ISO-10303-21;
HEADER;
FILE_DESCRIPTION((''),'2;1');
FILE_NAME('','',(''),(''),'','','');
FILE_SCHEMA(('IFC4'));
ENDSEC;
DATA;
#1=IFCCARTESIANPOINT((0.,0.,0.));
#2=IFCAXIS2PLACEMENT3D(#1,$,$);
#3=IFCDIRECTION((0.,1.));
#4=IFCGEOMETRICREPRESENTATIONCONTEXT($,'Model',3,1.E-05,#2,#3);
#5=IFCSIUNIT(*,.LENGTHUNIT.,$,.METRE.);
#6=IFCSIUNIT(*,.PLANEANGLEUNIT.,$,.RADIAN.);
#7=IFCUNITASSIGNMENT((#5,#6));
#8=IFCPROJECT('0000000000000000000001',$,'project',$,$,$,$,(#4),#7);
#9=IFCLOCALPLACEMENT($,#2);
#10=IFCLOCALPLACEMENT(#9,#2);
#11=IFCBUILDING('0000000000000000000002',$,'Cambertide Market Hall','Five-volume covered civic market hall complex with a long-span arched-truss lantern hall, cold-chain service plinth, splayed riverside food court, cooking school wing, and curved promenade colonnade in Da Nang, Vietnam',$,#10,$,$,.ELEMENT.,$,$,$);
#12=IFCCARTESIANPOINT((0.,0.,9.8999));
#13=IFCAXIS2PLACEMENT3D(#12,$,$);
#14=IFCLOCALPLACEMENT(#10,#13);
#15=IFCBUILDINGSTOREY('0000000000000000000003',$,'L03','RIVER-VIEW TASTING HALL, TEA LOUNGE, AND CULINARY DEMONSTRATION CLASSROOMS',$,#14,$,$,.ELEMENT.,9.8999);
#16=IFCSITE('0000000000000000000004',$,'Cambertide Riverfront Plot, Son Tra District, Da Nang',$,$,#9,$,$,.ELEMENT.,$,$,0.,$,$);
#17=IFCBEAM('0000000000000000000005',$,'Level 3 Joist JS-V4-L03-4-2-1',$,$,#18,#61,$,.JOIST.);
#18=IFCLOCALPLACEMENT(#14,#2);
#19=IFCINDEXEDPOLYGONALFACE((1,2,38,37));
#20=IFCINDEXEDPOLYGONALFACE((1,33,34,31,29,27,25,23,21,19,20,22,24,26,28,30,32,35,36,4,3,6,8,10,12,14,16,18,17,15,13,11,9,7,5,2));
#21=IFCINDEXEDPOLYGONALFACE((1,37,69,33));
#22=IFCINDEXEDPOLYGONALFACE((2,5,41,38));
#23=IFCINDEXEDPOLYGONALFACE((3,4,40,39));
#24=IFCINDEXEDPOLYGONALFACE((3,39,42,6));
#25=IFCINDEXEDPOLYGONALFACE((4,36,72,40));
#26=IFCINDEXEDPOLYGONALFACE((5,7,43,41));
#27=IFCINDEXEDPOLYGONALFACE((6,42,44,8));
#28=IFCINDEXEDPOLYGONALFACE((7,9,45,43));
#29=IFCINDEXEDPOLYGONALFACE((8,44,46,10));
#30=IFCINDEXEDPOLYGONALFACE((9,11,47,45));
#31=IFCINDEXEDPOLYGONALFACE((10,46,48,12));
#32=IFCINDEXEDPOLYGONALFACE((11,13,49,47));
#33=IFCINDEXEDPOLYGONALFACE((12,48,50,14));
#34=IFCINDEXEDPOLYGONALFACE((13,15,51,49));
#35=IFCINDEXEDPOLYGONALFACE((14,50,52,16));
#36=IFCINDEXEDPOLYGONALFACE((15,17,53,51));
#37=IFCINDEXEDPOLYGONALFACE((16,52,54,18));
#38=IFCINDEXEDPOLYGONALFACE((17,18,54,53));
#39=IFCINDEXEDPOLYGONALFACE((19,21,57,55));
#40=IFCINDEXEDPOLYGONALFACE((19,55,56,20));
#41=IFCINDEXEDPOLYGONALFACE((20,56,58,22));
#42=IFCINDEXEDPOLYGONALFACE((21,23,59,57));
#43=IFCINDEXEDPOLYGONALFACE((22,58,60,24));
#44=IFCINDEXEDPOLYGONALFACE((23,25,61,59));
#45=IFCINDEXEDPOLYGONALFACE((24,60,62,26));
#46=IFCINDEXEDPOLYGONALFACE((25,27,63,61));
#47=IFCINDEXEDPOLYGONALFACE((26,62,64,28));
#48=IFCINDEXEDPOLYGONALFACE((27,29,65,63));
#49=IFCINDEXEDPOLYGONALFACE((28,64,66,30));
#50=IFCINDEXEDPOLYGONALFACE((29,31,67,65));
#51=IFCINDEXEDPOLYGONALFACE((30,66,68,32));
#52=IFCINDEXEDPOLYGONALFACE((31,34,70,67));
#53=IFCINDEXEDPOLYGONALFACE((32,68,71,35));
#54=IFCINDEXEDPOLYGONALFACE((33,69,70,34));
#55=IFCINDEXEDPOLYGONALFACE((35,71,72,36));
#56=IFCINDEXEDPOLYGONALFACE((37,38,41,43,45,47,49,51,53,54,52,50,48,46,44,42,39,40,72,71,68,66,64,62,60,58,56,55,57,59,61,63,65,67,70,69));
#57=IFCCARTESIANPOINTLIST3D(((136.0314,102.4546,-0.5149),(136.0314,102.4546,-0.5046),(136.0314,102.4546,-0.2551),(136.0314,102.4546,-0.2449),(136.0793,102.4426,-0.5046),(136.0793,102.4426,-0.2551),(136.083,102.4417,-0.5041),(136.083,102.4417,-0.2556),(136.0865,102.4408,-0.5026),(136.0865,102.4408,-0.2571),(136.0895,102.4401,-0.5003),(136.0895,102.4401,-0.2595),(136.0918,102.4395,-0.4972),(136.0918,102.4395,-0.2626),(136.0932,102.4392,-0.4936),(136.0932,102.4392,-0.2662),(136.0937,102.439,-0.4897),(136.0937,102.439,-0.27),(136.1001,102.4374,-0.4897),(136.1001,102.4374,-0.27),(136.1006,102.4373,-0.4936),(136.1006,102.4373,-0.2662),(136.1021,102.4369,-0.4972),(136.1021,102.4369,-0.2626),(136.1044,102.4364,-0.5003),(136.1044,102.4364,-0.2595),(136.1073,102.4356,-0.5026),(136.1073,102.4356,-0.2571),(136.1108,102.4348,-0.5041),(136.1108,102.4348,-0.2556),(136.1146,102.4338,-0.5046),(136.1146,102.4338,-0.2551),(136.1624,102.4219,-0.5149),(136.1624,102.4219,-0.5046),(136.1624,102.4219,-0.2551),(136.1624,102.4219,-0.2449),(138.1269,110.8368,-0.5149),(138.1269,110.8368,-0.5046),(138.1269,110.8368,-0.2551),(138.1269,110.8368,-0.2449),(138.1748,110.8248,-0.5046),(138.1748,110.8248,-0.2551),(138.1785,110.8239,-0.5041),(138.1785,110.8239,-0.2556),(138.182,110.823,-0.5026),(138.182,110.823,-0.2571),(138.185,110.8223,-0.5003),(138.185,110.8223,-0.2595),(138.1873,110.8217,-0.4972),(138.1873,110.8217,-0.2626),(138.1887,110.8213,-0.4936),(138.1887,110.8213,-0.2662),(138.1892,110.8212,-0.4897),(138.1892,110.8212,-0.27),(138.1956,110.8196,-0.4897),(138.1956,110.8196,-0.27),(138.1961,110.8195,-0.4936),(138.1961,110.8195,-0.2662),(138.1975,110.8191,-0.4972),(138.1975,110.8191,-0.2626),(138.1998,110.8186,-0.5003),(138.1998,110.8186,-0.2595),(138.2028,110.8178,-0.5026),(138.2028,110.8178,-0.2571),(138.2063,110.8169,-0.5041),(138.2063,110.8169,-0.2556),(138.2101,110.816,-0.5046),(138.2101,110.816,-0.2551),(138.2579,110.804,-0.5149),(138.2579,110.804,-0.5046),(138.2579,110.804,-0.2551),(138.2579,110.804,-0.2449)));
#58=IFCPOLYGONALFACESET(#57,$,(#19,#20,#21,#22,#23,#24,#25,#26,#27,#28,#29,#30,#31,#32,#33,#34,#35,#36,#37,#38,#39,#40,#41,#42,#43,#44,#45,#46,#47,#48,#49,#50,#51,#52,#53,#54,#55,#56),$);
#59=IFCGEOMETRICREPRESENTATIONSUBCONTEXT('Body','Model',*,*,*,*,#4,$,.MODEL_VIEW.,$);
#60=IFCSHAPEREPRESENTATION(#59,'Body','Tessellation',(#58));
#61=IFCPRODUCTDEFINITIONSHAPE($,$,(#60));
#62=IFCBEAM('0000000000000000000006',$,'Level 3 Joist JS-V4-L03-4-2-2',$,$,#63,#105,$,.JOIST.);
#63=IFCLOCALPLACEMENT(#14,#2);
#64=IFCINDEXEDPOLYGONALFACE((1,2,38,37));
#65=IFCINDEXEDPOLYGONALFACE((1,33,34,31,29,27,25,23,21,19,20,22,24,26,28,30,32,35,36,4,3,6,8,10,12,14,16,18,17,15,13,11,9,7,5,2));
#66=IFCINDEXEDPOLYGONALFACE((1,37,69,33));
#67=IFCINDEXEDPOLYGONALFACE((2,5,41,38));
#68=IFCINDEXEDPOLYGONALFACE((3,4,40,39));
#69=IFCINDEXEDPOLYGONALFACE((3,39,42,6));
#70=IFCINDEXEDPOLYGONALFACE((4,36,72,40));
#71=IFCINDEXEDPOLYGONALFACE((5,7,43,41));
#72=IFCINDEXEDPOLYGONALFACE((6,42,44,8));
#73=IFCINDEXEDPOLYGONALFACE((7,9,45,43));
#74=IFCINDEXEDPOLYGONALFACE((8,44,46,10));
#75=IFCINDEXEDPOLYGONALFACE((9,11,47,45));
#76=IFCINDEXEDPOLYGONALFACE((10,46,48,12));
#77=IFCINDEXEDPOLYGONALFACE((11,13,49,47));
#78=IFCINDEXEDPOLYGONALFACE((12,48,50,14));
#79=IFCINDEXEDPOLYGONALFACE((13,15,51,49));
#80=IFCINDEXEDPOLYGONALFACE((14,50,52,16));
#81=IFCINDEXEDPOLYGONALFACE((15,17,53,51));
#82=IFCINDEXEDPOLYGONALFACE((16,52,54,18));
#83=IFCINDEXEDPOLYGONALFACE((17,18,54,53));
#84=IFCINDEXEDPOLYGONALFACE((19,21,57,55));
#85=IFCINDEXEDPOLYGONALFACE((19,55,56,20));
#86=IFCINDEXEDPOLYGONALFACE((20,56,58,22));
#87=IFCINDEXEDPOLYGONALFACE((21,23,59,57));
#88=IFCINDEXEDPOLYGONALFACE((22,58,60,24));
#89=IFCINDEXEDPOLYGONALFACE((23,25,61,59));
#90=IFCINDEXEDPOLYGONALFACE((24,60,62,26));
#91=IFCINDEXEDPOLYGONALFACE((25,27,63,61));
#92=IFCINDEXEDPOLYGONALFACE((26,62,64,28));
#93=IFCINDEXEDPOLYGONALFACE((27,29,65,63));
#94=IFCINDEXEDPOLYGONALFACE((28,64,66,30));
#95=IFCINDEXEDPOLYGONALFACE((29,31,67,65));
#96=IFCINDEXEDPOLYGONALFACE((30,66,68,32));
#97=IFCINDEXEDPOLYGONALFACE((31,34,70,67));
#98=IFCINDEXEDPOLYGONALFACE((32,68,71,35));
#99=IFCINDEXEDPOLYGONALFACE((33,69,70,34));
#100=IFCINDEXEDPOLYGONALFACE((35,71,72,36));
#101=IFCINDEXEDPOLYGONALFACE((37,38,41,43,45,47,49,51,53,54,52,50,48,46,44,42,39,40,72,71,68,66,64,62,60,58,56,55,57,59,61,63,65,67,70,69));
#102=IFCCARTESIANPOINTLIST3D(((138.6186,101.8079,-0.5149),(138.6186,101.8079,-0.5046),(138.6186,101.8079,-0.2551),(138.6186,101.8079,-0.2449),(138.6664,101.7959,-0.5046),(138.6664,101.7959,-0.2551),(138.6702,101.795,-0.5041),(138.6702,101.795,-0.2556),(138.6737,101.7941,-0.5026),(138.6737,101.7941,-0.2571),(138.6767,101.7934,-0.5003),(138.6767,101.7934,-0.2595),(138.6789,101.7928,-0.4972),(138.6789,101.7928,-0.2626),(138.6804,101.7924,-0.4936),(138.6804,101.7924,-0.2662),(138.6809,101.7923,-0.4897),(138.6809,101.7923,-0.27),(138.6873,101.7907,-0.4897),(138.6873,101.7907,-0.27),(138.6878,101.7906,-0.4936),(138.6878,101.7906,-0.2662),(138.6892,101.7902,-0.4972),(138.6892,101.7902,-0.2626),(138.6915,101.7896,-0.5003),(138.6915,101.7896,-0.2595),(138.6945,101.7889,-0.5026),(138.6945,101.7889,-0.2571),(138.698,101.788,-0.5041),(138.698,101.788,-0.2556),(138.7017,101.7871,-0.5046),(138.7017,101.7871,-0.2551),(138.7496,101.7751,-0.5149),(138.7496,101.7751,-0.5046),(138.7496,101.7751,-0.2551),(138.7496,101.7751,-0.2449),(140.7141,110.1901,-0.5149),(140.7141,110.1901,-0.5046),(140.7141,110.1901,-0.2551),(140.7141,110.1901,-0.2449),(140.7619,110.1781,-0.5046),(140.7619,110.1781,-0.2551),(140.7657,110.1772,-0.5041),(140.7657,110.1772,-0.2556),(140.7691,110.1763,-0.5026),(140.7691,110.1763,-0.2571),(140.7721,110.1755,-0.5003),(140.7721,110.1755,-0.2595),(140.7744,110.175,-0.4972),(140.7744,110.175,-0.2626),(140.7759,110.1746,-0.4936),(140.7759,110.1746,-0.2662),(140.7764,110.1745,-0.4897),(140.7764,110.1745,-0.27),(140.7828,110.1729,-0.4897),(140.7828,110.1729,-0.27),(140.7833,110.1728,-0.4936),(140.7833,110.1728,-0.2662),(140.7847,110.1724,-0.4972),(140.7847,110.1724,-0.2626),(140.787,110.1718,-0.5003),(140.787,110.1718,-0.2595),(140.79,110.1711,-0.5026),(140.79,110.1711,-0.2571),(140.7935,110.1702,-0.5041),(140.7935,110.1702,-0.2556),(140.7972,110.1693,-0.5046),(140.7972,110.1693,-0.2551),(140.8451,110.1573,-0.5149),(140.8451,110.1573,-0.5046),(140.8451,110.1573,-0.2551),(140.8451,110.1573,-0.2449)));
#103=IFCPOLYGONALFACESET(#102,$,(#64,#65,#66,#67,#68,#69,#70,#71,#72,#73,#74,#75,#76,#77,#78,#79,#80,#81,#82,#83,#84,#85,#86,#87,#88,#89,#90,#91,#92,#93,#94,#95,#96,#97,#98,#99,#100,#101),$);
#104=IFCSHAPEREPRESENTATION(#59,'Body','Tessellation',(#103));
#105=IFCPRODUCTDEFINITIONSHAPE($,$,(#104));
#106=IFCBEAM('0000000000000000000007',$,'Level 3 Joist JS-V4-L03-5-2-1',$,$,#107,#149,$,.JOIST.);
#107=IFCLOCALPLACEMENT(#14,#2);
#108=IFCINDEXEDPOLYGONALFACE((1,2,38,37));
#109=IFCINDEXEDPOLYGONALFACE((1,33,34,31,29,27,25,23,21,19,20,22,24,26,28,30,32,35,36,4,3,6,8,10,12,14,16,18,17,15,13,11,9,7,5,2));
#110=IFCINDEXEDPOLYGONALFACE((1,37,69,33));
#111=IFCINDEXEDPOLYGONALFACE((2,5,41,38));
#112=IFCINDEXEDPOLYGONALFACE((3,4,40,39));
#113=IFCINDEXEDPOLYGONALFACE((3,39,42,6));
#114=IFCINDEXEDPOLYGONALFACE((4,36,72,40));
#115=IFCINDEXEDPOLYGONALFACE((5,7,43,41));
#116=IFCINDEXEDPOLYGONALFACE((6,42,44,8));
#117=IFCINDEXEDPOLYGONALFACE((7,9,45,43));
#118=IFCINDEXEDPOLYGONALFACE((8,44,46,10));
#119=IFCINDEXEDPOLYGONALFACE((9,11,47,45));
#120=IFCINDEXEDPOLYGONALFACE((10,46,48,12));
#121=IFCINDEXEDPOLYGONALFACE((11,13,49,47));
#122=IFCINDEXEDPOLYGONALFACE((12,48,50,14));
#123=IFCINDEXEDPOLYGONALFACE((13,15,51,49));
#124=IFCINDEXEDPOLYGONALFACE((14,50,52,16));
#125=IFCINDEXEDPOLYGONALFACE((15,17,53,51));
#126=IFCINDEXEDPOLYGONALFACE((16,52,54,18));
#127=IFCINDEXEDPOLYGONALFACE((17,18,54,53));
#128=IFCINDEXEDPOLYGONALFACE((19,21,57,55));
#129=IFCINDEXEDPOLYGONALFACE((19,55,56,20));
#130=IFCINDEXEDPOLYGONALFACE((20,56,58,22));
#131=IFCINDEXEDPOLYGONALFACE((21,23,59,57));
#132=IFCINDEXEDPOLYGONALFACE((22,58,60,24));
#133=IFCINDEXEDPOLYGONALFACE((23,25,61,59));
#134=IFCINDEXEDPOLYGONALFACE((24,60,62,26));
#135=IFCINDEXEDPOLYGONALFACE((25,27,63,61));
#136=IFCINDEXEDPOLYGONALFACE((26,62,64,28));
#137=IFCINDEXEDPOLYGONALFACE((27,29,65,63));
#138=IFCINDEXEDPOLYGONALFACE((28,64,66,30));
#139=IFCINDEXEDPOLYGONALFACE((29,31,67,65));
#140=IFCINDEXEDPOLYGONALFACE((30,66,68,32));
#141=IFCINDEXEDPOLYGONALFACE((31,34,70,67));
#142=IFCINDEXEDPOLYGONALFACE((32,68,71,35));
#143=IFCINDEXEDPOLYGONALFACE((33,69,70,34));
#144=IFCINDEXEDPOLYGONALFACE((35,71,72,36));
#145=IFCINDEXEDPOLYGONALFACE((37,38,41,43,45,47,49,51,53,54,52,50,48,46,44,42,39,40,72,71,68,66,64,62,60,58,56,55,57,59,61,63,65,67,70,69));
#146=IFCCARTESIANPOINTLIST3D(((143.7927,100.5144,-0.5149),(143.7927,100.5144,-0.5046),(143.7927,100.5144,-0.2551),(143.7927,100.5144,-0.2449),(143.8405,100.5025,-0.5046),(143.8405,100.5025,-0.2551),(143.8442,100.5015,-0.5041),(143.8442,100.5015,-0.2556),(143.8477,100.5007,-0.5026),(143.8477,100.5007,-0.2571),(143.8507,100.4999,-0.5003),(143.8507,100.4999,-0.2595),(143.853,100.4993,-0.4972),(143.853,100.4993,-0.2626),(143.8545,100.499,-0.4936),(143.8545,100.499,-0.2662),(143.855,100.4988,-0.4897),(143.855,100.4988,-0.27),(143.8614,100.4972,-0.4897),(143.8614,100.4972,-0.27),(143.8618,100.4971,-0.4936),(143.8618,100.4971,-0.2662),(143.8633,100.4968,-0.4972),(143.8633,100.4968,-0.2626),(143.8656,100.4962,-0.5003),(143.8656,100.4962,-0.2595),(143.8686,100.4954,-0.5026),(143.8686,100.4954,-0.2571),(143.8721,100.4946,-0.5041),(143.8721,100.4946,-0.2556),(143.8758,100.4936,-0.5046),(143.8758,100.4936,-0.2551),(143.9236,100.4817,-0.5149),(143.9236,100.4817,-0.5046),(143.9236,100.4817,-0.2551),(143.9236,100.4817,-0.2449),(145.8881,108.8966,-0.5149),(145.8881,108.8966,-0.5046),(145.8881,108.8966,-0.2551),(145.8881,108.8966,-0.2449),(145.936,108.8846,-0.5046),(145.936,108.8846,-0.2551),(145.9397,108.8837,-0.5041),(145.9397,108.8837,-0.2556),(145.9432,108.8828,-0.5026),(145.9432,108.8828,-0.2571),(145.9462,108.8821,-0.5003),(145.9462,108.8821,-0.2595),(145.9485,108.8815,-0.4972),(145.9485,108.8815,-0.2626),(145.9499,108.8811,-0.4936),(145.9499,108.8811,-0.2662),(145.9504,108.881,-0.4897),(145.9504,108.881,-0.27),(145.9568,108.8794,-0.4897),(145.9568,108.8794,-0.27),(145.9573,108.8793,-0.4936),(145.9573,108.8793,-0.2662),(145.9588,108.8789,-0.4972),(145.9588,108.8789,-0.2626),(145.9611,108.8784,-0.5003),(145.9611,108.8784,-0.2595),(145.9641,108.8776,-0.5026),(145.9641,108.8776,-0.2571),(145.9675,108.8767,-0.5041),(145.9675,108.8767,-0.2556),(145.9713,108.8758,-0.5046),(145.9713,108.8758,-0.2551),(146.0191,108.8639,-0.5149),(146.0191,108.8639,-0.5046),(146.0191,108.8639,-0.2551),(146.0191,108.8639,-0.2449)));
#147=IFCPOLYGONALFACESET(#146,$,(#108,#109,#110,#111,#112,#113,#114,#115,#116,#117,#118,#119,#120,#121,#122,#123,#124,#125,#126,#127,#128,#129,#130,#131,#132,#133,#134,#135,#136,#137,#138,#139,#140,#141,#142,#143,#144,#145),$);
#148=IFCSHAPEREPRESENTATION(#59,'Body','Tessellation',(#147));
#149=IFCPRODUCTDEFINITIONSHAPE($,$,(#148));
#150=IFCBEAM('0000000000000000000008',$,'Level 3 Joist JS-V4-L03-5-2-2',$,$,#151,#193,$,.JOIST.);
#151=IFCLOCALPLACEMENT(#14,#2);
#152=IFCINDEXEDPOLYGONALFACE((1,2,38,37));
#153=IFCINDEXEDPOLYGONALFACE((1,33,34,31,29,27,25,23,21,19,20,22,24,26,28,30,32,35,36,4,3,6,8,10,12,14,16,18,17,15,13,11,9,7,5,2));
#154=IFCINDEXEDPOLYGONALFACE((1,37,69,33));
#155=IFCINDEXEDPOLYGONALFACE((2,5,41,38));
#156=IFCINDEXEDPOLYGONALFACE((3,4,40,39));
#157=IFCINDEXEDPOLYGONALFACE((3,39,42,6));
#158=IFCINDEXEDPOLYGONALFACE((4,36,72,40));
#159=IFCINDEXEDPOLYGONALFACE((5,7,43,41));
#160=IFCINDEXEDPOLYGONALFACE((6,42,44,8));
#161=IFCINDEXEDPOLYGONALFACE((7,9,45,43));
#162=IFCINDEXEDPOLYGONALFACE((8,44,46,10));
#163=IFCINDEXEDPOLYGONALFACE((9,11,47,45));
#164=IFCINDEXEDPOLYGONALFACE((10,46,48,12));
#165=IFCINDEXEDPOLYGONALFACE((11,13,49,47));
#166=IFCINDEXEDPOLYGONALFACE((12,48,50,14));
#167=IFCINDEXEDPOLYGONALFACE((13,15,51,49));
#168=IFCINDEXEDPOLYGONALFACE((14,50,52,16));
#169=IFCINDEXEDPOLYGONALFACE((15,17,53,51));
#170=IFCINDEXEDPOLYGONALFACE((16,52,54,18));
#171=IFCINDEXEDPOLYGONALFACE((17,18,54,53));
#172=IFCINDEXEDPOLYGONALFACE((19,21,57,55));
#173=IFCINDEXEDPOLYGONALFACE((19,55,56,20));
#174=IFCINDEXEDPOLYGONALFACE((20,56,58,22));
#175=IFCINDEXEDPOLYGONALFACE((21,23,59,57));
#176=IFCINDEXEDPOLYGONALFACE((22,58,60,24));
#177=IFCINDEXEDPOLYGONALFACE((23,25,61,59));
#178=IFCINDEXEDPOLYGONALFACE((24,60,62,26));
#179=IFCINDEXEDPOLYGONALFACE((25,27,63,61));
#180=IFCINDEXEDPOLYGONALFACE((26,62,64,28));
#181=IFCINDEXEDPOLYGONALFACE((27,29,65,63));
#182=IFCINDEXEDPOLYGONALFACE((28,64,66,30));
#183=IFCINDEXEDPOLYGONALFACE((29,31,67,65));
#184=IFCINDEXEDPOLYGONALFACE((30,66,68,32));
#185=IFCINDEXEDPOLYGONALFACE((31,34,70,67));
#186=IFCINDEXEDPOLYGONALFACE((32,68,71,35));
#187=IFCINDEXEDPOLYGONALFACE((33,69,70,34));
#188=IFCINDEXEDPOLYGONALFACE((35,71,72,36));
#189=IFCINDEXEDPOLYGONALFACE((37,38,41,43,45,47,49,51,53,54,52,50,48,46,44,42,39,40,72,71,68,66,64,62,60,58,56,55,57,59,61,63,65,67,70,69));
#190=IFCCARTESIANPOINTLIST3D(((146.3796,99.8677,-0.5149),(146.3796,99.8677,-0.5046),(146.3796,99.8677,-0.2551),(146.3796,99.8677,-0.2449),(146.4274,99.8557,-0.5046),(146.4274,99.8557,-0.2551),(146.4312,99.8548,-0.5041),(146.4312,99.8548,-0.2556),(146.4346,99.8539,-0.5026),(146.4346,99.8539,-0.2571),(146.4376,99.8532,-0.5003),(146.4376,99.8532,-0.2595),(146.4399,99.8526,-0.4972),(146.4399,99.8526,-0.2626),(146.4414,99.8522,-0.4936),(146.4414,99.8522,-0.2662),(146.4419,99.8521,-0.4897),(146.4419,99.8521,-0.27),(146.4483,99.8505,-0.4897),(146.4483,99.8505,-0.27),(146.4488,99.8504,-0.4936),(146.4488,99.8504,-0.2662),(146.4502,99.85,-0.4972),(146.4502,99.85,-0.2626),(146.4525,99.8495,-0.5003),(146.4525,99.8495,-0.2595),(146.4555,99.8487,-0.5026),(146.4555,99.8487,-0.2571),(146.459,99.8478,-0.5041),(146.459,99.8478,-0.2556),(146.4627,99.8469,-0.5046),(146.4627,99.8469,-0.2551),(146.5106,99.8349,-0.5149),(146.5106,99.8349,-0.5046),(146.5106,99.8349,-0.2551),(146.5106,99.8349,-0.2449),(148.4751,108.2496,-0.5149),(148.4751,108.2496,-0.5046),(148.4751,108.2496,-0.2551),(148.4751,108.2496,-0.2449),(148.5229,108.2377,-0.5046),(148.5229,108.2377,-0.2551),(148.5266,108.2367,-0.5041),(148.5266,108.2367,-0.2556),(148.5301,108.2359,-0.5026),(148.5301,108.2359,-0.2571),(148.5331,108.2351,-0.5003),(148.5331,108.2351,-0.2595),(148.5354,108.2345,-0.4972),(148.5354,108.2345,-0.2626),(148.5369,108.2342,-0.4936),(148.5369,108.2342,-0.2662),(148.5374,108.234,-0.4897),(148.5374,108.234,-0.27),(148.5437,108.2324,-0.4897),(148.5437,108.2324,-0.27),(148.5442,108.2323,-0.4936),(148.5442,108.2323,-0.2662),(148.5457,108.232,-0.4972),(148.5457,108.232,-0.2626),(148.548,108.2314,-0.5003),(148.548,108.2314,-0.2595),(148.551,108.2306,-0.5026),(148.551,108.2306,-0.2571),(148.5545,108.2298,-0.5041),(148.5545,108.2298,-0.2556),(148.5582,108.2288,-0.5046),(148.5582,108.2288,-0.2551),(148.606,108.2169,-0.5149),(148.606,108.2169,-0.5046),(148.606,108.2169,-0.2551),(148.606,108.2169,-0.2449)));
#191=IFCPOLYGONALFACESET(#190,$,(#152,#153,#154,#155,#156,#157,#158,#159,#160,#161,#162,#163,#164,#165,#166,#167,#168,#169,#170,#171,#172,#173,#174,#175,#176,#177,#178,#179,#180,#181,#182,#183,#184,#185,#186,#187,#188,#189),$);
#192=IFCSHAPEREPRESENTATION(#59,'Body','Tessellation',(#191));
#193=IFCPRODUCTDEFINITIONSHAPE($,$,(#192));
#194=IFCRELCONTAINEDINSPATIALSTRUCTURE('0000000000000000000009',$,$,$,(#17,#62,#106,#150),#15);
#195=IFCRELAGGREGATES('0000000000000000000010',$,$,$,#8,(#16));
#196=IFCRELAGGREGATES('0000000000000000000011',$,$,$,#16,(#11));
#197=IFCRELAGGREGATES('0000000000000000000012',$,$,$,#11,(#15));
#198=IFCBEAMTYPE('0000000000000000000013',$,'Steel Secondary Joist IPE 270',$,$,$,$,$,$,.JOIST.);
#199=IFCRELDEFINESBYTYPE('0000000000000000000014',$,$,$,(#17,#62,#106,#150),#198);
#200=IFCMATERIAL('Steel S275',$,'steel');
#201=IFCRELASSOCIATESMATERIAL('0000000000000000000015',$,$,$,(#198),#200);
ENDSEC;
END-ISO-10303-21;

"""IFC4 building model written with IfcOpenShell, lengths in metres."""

from ifc_helpers import new_model, si_unit, direction, frame, origin, origin_2d, place, context, subcontext, project, spatial, i_section, extrude, material, material_profile, profile_set, type_object, element, save


model = new_model("IFC4")

# Units and contexts
model_context = context("Model", 3, precision=1e-05, world=origin(), true_north=direction((0.0, 1.0)))
body_context = subcontext(model_context, "Body", "Model", "MODEL_VIEW")
ifc_project = project(units=[si_unit("LENGTHUNIT", "METRE"), si_unit("PLANEANGLEUNIT", "RADIAN")], contexts=[model_context])

# Site, building, storey
site_placement = place(None, origin())
site = spatial("IfcSite", under=ifc_project, at=site_placement, Name="Cambertide Riverfront Plot, Son Tra District, Da Nang", CompositionType="ELEMENT", RefElevation=0.0)
building_placement = place(site_placement, origin())
building = spatial("IfcBuilding", under=site, at=building_placement, Name="Cambertide Market Hall", Description="Five-volume covered civic market hall complex with a long-span arched-truss lantern hall, cold-chain service plinth, splayed riverside food court, cooking school wing, and curved promenade colonnade in Da Nang, Vietnam", CompositionType="ELEMENT")
storey_placement = place(building_placement, frame((0.0, 0.0, 9.8999)))
storey = spatial("IfcBuildingStorey", under=building, at=storey_placement, Name="L03", Description="RIVER-VIEW TASTING HALL, TEA LOUNGE, AND CULINARY DEMONSTRATION CLASSROOMS", CompositionType="ELEMENT", Elevation=9.8999)

# Beams
ifc_material_1 = material(Name="Steel S275", Category="steel")
ifc_material_profile_1 = material_profile(ifc_material_1, i_section(OverallWidth=0.135, OverallDepth=0.27, WebThickness=0.0066, FlangeThickness=0.0103, FilletRadius=0.0149, at=origin_2d()), Name="IPE 270")
ifc_profile_set_1 = profile_set([ifc_material_profile_1], Name="Steel S275")
beam_type_1 = type_object("IfcBeamType", Name="Steel Secondary Joist IPE 270", PredefinedType="JOIST", material=ifc_profile_set_1)
for number, where, z_axis, x_axis, name in (
    (1, (136.0969, 102.4382, -0.3799), (0.242529, 0.970144, 0.0), (-0.970144, 0.242529, 0.0), "Level 3 Joist JS-V4-L03-4-2-1"),
    (2, (138.6841, 101.7915, -0.3799), (0.242529, 0.970144, 0.0), (-0.970144, 0.242529, 0.0), "Level 3 Joist JS-V4-L03-4-2-2"),
    (3, (143.8582, 100.498, -0.3799), (0.242529, 0.970144, 0.0), (-0.970144, 0.242529, 0.0), "Level 3 Joist JS-V4-L03-5-2-1"),
):
    element("IfcBeam", number, at=place(storey_placement, frame(where, z_axis=z_axis, x_axis=x_axis)), inside=storey, type_object=beam_type_1, Name=name, PredefinedType="JOIST", context=body_context, shape_type="SweptSolid", body=[
        extrude(i_section(OverallWidth=0.135, OverallDepth=0.27, WebThickness=0.0066, FlangeThickness=0.0103, FilletRadius=0.0149, at=origin_2d()), origin(), (0.0, 0.0, 1.0), 8.6401),
    ])
beam_1_placement = place(storey_placement, frame((146.4451, 99.8513, -0.3799), z_axis=(0.242536, 0.970143, 0.0), x_axis=(-0.970143, 0.242536, 0.0)))
element("IfcBeam", 4, at=beam_1_placement, inside=storey, type_object=beam_type_1, Name="Level 3 Joist JS-V4-L03-5-2-2", PredefinedType="JOIST", context=body_context, shape_type="SweptSolid", body=[
    extrude(i_section(OverallWidth=0.135, OverallDepth=0.27, WebThickness=0.0066, FlangeThickness=0.0103, FilletRadius=0.0149, at=origin_2d()), origin(), (0.0, 0.0, 1.0), 8.6399),
])

save(model, "model.ifc")
